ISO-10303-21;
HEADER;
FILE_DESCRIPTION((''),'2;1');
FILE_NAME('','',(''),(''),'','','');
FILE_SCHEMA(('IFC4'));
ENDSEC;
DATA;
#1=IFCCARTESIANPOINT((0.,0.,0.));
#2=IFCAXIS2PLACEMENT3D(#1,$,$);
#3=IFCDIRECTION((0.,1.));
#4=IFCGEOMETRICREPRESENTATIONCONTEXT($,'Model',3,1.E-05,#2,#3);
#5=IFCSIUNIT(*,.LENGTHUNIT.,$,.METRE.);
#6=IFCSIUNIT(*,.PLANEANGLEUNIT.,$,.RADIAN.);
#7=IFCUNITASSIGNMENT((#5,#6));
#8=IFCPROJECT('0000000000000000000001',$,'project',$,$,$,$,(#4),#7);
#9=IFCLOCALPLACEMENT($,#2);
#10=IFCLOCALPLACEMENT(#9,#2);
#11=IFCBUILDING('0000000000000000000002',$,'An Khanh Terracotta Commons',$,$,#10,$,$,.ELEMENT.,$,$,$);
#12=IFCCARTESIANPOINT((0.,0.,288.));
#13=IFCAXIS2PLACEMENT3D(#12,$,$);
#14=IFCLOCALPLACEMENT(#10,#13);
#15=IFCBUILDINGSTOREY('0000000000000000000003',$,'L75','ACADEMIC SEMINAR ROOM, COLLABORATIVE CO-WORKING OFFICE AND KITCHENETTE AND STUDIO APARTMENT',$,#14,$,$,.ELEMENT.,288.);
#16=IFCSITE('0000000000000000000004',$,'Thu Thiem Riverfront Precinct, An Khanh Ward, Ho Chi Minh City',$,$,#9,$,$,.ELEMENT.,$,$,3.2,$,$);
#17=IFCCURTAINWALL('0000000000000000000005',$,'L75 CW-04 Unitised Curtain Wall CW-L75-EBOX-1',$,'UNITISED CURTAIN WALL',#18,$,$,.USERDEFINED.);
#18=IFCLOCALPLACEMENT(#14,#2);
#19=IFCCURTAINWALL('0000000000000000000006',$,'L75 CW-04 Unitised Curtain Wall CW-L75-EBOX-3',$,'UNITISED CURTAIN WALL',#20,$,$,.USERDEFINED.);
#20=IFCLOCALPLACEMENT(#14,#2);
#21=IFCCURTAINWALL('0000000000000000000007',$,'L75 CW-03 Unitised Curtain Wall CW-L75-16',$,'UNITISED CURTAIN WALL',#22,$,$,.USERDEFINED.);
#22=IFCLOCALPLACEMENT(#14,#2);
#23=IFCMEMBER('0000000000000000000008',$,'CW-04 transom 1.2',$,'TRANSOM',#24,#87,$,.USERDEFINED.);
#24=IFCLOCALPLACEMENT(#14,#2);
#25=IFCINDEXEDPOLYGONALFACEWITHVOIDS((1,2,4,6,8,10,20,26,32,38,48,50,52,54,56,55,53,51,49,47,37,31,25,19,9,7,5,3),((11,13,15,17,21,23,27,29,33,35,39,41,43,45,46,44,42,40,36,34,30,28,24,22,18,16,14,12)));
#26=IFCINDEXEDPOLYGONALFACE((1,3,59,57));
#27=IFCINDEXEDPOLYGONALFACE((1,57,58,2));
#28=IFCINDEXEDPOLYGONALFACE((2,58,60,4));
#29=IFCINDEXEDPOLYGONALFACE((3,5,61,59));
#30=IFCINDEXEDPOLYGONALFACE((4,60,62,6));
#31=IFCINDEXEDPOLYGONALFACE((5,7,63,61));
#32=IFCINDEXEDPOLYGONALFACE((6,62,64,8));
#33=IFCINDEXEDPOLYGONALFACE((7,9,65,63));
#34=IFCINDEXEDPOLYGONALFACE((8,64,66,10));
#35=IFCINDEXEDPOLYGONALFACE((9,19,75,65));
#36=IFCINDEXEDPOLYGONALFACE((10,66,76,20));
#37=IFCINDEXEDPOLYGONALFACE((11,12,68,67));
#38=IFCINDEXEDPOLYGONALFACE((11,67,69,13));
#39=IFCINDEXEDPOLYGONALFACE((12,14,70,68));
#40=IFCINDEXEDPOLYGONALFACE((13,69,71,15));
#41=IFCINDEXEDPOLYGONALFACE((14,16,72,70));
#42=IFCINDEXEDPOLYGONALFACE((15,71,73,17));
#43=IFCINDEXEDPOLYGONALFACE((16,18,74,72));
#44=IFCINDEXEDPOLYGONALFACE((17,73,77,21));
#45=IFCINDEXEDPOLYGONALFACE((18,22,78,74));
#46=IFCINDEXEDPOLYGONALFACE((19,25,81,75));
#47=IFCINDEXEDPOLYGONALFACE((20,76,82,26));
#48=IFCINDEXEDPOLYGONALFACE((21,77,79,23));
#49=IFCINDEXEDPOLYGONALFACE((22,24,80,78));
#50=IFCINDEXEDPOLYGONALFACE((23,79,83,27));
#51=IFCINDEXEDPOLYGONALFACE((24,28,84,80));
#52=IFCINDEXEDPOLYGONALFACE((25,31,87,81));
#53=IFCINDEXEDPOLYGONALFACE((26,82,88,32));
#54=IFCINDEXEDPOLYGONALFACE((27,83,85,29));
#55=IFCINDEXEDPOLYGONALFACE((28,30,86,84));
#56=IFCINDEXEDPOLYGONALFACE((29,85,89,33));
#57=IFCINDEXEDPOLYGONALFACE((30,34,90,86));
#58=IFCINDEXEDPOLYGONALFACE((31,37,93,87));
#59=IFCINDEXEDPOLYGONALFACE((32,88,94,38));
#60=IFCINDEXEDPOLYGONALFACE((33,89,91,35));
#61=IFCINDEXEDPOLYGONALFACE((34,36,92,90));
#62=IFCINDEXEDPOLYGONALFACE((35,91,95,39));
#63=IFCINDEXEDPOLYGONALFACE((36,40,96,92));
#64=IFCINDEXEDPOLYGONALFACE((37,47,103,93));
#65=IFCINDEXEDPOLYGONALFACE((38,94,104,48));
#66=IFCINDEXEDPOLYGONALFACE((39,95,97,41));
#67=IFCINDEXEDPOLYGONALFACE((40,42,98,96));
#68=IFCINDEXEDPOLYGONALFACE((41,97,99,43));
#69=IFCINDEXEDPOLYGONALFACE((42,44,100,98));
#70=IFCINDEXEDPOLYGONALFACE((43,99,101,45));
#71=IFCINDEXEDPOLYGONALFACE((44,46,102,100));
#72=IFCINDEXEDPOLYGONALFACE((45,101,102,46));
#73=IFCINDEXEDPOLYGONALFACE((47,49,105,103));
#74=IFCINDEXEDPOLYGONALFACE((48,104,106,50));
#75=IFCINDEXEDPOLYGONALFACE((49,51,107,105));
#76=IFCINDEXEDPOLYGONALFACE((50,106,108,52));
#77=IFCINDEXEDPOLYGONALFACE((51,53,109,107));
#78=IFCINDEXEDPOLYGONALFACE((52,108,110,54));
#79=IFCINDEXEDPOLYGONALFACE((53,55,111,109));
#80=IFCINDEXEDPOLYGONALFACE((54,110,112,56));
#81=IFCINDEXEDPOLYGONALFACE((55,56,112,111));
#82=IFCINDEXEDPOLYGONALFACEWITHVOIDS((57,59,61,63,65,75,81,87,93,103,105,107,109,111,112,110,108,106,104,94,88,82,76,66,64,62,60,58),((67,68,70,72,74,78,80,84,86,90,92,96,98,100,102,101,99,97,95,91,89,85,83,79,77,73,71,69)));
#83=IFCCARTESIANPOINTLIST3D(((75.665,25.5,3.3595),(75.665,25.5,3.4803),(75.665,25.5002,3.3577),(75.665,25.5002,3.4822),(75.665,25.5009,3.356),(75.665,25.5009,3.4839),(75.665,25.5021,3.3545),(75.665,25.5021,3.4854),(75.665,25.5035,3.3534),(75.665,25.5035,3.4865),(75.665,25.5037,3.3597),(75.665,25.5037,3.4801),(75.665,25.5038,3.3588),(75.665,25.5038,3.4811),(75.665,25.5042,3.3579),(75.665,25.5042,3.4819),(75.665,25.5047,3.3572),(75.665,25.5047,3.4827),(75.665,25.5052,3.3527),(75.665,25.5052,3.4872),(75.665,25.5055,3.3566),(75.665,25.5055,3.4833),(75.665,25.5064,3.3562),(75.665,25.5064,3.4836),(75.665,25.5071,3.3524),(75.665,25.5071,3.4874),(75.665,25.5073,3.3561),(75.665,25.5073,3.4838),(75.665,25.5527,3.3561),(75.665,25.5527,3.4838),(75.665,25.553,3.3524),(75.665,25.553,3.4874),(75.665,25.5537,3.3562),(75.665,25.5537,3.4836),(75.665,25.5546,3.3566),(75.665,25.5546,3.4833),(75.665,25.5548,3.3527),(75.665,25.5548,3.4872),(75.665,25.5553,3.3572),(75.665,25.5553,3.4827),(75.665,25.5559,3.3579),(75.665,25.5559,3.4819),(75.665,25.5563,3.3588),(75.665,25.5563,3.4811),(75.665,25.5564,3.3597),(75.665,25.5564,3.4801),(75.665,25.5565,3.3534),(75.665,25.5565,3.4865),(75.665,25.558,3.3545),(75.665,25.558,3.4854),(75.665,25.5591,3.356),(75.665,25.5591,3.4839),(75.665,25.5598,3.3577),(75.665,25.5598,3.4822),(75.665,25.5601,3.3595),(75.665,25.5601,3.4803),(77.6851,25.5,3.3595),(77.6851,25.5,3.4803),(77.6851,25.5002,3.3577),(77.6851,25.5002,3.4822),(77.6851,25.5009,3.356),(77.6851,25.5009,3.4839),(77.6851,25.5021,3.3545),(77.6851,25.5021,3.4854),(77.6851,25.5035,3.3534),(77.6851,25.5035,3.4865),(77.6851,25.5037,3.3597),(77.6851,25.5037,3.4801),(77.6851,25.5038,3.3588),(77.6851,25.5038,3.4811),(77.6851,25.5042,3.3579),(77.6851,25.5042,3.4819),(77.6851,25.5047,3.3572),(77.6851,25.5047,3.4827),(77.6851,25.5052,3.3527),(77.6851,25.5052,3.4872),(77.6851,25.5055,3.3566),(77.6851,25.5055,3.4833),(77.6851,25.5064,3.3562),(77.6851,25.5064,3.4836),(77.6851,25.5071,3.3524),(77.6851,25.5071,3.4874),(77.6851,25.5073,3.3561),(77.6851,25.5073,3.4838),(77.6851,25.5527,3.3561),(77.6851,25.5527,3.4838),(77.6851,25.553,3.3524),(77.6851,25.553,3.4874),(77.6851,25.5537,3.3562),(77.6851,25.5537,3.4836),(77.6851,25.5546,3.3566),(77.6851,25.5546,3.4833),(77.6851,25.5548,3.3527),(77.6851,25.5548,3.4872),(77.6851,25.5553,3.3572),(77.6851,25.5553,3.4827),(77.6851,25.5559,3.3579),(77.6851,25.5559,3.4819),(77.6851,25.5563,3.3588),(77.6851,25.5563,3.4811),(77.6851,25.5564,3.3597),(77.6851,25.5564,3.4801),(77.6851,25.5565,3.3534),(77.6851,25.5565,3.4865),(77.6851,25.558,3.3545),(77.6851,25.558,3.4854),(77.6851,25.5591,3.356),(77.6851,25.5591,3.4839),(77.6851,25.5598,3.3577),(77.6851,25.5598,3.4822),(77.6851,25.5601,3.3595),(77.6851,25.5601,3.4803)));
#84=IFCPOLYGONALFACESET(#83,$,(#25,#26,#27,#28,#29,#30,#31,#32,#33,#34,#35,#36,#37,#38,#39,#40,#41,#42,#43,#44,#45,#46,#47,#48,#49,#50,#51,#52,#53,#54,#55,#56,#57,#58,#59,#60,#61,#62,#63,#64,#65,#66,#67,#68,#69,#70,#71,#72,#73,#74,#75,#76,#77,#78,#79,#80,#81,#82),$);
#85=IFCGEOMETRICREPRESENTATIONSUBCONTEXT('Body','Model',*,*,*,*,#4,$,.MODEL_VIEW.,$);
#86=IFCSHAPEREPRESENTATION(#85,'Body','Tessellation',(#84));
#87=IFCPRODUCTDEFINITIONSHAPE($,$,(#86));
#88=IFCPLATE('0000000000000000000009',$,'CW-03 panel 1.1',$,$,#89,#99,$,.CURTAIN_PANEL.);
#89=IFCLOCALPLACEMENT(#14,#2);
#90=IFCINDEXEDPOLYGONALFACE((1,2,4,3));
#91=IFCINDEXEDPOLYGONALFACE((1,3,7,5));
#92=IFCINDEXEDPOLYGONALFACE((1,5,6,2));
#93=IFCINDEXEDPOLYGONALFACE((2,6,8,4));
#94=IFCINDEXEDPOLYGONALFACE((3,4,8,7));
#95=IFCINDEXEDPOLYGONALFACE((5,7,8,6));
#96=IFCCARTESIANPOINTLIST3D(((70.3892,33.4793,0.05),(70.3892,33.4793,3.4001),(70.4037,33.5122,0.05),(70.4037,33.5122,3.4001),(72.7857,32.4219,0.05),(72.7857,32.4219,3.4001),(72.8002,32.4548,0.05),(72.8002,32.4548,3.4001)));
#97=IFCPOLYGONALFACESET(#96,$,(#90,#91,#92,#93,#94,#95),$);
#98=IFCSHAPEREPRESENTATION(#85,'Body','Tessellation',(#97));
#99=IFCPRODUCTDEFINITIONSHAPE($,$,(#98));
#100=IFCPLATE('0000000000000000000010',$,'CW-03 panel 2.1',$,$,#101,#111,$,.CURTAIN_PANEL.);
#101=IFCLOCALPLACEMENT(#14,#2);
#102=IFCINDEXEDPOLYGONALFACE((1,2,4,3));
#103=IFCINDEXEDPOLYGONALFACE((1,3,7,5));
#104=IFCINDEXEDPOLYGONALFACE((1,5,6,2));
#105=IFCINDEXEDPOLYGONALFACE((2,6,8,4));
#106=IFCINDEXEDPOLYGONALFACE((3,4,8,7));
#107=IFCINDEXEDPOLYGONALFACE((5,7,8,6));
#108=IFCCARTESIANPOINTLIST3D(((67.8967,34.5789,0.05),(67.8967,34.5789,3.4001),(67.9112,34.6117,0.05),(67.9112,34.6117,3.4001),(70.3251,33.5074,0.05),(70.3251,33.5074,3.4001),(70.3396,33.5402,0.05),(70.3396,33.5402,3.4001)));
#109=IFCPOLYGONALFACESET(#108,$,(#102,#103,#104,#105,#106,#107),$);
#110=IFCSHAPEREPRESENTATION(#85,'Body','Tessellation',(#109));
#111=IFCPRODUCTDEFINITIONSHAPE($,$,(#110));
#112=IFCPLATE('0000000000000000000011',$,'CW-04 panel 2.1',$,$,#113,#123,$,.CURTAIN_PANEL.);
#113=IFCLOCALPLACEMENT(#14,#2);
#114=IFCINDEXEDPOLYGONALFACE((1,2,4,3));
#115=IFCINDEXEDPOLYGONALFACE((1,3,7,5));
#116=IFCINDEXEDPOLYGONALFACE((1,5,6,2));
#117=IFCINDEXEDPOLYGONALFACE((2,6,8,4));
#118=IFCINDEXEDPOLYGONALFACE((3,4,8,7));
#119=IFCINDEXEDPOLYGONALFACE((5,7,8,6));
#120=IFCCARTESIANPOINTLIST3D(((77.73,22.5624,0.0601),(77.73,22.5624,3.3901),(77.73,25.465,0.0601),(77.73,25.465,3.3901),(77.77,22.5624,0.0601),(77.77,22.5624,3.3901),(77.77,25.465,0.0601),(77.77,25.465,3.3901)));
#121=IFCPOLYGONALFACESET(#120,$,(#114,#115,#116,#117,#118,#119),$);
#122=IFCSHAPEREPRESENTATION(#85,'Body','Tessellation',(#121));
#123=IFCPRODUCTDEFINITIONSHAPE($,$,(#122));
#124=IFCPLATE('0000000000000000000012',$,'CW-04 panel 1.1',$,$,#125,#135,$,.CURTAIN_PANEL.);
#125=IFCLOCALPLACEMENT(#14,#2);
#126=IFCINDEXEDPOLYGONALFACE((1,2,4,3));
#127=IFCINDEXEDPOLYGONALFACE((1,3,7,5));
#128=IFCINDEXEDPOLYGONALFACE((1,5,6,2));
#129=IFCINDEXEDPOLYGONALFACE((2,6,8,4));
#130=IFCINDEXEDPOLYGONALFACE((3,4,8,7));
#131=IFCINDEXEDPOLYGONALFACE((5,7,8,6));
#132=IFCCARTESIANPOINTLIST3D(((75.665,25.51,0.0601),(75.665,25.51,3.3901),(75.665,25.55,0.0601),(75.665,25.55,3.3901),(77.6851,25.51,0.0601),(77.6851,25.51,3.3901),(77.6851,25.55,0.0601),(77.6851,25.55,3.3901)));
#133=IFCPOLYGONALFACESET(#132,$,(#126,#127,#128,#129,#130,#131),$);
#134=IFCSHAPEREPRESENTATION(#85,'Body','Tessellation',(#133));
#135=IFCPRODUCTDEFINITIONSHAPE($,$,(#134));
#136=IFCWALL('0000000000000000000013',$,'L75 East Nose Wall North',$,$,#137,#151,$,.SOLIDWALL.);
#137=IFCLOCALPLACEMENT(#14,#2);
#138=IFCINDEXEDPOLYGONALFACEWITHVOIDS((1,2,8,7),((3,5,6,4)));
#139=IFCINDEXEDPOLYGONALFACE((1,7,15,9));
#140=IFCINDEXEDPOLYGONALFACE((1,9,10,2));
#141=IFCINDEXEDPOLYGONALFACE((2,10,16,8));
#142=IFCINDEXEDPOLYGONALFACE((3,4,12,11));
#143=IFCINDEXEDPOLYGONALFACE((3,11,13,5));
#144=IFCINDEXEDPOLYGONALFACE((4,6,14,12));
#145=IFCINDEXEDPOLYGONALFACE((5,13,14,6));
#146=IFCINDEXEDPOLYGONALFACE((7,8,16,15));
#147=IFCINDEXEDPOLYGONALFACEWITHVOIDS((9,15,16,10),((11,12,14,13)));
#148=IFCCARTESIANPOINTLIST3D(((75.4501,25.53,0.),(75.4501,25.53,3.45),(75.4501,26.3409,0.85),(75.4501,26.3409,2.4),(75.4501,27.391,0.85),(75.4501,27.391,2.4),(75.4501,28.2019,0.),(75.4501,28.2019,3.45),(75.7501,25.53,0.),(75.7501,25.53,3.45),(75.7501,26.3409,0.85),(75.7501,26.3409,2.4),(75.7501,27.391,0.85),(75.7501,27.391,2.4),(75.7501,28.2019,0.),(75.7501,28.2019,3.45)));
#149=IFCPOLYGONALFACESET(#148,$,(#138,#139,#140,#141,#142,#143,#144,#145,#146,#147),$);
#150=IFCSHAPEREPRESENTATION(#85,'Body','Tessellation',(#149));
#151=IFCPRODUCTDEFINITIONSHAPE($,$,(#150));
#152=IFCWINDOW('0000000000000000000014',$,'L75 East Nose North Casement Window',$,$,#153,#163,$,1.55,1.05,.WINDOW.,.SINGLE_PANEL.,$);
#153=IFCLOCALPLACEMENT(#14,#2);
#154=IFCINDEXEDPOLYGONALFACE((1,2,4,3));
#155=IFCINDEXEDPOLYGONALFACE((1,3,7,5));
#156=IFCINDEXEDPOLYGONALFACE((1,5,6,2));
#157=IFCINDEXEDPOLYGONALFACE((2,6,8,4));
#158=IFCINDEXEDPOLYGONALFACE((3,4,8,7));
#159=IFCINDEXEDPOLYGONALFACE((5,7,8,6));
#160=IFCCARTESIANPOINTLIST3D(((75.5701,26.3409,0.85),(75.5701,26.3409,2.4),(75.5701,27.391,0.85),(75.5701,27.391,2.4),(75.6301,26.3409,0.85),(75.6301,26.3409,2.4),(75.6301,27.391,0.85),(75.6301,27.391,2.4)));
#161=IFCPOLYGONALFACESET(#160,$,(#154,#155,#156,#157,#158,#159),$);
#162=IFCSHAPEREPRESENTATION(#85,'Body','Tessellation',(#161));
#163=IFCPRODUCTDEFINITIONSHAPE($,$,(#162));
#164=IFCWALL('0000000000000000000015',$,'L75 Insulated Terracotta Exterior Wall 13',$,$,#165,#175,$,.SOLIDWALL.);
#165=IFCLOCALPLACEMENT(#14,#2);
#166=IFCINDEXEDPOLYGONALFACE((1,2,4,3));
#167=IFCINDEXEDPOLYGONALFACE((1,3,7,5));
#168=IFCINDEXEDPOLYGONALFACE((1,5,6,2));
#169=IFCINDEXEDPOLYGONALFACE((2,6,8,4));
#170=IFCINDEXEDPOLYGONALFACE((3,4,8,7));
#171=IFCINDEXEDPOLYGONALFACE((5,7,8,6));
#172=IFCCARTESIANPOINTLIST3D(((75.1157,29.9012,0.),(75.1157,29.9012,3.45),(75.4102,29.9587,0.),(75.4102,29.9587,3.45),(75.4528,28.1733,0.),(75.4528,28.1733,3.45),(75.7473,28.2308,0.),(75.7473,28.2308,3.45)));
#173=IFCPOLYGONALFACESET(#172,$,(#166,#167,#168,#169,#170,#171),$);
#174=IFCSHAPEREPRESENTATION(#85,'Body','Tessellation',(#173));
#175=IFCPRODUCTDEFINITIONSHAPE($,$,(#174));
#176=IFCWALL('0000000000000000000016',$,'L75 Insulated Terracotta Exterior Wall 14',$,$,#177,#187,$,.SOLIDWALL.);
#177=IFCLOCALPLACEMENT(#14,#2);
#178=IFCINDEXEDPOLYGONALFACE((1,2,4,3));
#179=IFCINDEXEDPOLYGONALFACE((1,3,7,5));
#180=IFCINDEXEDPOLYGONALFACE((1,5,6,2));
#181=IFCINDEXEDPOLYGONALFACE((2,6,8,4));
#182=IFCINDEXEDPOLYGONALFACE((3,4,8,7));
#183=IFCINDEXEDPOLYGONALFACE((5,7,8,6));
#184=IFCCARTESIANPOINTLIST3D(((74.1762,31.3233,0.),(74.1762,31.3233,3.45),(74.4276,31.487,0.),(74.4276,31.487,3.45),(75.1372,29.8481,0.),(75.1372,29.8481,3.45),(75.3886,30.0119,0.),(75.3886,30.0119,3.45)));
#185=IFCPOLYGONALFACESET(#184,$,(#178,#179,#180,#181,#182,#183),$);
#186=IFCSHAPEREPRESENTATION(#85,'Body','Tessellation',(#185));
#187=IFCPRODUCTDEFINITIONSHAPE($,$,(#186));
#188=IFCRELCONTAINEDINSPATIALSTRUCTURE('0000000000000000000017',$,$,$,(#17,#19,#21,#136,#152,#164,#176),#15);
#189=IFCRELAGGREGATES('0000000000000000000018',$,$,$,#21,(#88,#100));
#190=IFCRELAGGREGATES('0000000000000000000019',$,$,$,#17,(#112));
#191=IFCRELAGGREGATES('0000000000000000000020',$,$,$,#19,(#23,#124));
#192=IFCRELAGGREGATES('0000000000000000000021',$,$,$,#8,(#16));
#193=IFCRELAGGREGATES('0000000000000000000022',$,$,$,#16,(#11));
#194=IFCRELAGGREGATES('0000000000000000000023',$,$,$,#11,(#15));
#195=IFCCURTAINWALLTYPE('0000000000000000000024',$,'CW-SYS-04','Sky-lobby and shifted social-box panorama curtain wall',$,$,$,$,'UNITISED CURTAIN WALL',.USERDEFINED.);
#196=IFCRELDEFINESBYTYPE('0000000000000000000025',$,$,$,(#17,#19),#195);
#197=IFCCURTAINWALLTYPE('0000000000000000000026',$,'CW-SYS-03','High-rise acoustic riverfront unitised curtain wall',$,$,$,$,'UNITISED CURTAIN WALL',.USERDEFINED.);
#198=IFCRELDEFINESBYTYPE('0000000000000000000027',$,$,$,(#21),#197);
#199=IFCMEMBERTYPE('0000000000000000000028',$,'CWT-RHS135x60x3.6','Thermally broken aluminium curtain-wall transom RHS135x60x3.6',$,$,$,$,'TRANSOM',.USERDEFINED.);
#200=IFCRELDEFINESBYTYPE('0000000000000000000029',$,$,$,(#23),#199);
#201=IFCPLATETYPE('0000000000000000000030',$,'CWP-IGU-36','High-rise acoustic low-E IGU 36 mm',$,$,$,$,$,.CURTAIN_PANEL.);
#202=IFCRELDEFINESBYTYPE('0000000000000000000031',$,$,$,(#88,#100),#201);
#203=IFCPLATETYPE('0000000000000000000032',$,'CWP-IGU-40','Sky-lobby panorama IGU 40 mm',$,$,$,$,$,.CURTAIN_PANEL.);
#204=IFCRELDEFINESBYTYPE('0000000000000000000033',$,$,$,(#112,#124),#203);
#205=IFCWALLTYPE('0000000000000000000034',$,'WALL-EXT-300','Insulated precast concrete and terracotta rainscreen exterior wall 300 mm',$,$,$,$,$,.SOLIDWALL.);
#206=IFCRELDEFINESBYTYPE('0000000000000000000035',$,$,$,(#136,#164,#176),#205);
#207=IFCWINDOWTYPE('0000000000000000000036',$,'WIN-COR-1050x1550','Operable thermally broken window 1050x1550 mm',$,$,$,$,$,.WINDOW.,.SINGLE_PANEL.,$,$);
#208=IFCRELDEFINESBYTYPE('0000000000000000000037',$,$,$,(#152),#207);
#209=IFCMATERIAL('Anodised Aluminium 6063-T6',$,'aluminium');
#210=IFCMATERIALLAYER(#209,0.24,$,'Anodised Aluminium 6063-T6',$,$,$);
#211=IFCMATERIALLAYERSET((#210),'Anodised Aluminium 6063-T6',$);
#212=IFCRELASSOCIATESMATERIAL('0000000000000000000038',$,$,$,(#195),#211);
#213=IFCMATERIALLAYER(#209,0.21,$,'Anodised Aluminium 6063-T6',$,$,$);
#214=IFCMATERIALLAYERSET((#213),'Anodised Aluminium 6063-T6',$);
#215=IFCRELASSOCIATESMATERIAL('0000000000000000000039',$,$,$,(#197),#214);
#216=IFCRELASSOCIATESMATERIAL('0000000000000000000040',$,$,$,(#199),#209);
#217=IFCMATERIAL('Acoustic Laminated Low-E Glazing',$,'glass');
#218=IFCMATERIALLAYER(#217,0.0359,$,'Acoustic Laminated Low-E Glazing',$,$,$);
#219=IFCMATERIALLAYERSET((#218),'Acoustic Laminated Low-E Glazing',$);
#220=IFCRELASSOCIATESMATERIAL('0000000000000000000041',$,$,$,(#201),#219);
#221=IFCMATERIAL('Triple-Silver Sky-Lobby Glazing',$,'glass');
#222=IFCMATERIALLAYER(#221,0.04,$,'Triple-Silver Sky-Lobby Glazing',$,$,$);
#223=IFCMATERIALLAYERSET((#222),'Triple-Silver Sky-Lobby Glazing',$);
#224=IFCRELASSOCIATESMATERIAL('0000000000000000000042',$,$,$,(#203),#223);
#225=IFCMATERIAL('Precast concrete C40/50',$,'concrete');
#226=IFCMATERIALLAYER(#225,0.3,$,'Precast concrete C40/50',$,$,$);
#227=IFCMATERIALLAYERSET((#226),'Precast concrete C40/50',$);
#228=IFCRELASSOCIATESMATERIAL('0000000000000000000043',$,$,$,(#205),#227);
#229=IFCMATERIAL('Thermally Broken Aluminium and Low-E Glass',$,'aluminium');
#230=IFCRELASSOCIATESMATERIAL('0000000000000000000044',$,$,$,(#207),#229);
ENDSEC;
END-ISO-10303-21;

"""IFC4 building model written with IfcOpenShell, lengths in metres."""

from ifc_helpers import new_model, si_unit, direction, frame, frame_2d, origin, origin_2d, place, context, subcontext, project, spatial, rectangle, hollow_rectangle, extrude, material, layer, layer_set, material_profile, profile_set, type_object, element, fill, aggregate, save


model = new_model("IFC4")

# Units and contexts
model_context = context("Model", 3, precision=1e-05, world=origin(), true_north=direction((0.0, 1.0)))
body_context = subcontext(model_context, "Body", "Model", "MODEL_VIEW")
ifc_project = project(units=[si_unit("LENGTHUNIT", "METRE"), si_unit("PLANEANGLEUNIT", "RADIAN")], contexts=[model_context])

# Site, building, storey
site_placement = place(None, origin())
site = spatial("IfcSite", under=ifc_project, at=site_placement, Name="Thu Thiem Riverfront Precinct, An Khanh Ward, Ho Chi Minh City", CompositionType="ELEMENT", RefElevation=3.2)
building_placement = place(site_placement, origin())
building = spatial("IfcBuilding", under=site, at=building_placement, Name="An Khanh Terracotta Commons", CompositionType="ELEMENT")
storey_placement = place(building_placement, frame((0.0, 0.0, 288.0)))
storey = spatial("IfcBuildingStorey", under=building, at=storey_placement, Name="L75", Description="ACADEMIC SEMINAR ROOM, COLLABORATIVE CO-WORKING OFFICE AND KITCHENETTE AND STUDIO APARTMENT", CompositionType="ELEMENT", Elevation=288.0)

# Curtain wall
ifc_material_1 = material(Name="Anodised Aluminium 6063-T6", Category="aluminium")
ifc_layer_1 = layer(ifc_material_1, 0.24, Name="Anodised Aluminium 6063-T6")
ifc_layer_set_1 = layer_set([ifc_layer_1], Name="Anodised Aluminium 6063-T6")
curtain_wall_type_1 = type_object("IfcCurtainWallType", Name="CW-SYS-04", Description="Sky-lobby and shifted social-box panorama curtain wall", ElementType="UNITISED CURTAIN WALL", PredefinedType="USERDEFINED", material=ifc_layer_set_1)
curtain_wall_1_placement = place(storey_placement, origin())
curtain_wall_1 = element("IfcCurtainWall", 1, at=curtain_wall_1_placement, inside=storey, type_object=curtain_wall_type_1, Name="L75 CW-04 Unitised Curtain Wall CW-L75-EBOX-1", ObjectType="UNITISED CURTAIN WALL", PredefinedType="USERDEFINED")

# Curtain walls
curtain_wall_2_placement = place(storey_placement, origin())
curtain_wall_2 = element("IfcCurtainWall", 2, at=curtain_wall_2_placement, inside=storey, type_object=curtain_wall_type_1, Name="L75 CW-04 Unitised Curtain Wall CW-L75-EBOX-3", ObjectType="UNITISED CURTAIN WALL", PredefinedType="USERDEFINED")
ifc_layer_2 = layer(ifc_material_1, 0.21, Name="Anodised Aluminium 6063-T6")
ifc_layer_set_2 = layer_set([ifc_layer_2], Name="Anodised Aluminium 6063-T6")
curtain_wall_type_2 = type_object("IfcCurtainWallType", Name="CW-SYS-03", Description="High-rise acoustic riverfront unitised curtain wall", ElementType="UNITISED CURTAIN WALL", PredefinedType="USERDEFINED", material=ifc_layer_set_2)
curtain_wall_3_placement = place(storey_placement, origin())
curtain_wall_3 = element("IfcCurtainWall", 3, at=curtain_wall_3_placement, inside=storey, type_object=curtain_wall_type_2, Name="L75 CW-03 Unitised Curtain Wall CW-L75-16", ObjectType="UNITISED CURTAIN WALL", PredefinedType="USERDEFINED")

# Member
ifc_material_profile_1 = material_profile(ifc_material_1, hollow_rectangle(XDim=0.0601, YDim=0.135, WallThickness=0.0037, InnerFilletRadius=0.0037, OuterFilletRadius=0.0071, at=origin_2d()), Name="RHS135x60x3.6")
ifc_profile_set_1 = profile_set([ifc_material_profile_1], Name="Anodised Aluminium 6063-T6")
member_type_1 = type_object("IfcMemberType", Name="CWT-RHS135x60x3.6", Description="Thermally broken aluminium curtain-wall transom RHS135x60x3.6", ElementType="TRANSOM", PredefinedType="USERDEFINED", material=ifc_profile_set_1)
member_1_placement = place(storey_placement, frame((77.6851, 25.53, 3.4199), z_axis=(-1.0, 0.0, 0.0), x_axis=(0.0, -1.0, 0.0)))
member_1 = element("IfcMember", 4, at=member_1_placement, type_object=member_type_1, Name="CW-04 transom 1.2", ObjectType="TRANSOM", PredefinedType="USERDEFINED", context=body_context, shape_type="SweptSolid", body=[
    extrude(hollow_rectangle(XDim=0.0601, YDim=0.135, WallThickness=0.0037, InnerFilletRadius=0.0037, OuterFilletRadius=0.0071, at=origin_2d()), origin(), (0.0, 0.0, 1.0), 2.02),
])

# Plates
ifc_material_2 = material(Name="Acoustic Laminated Low-E Glazing", Category="glass")
ifc_layer_3 = layer(ifc_material_2, 0.0359, Name="Acoustic Laminated Low-E Glazing")
ifc_layer_set_3 = layer_set([ifc_layer_3], Name="Acoustic Laminated Low-E Glazing")
plate_type_1 = type_object("IfcPlateType", Name="CWP-IGU-36", Description="High-rise acoustic low-E IGU 36 mm", PredefinedType="CURTAIN_PANEL", material=ifc_layer_set_3)
plate_1_placement = place(storey_placement, frame((71.5947, 32.967, 0.05), z_axis=(0.0, 0.0, 1.0), x_axis=(-0.914902, 0.403676, 0.0)))
plate_1 = element("IfcPlate", 5, at=plate_1_placement, type_object=plate_type_1, Name="CW-03 panel 1.1", PredefinedType="CURTAIN_PANEL", context=body_context, shape_type="SweptSolid", body=[
    extrude(rectangle(XDim=2.6194, YDim=0.0359, at=origin_2d()), origin(), (0.0, 0.0, 1.0), 3.3501),
])
plate_2_placement = place(storey_placement, frame((69.1182, 34.0596, 0.05), z_axis=(0.0, 0.0, 1.0), x_axis=(-0.914902, 0.403676, 0.0)))
plate_2 = element("IfcPlate", 6, at=plate_2_placement, type_object=plate_type_1, Name="CW-03 panel 2.1", PredefinedType="CURTAIN_PANEL", context=body_context, shape_type="SweptSolid", body=[
    extrude(rectangle(XDim=2.6543, YDim=0.0359, at=origin_2d()), origin(), (0.0, 0.0, 1.0), 3.3501),
])
aggregate(curtain_wall_3, [plate_1, plate_2])
ifc_material_3 = material(Name="Triple-Silver Sky-Lobby Glazing", Category="glass")
ifc_layer_4 = layer(ifc_material_3, 0.04, Name="Triple-Silver Sky-Lobby Glazing")
ifc_layer_set_4 = layer_set([ifc_layer_4], Name="Triple-Silver Sky-Lobby Glazing")
plate_type_2 = type_object("IfcPlateType", Name="CWP-IGU-40", Description="Sky-lobby panorama IGU 40 mm", PredefinedType="CURTAIN_PANEL", material=ifc_layer_set_4)
plate_3_placement = place(storey_placement, frame((77.75, 24.0137, 0.0601), z_axis=(0.0, 0.0, 1.0), x_axis=(0.0, 1.0, 0.0)))
plate_3 = element("IfcPlate", 7, at=plate_3_placement, type_object=plate_type_2, Name="CW-04 panel 2.1", PredefinedType="CURTAIN_PANEL", context=body_context, shape_type="SweptSolid", body=[
    extrude(rectangle(XDim=2.9026, YDim=0.04, at=origin_2d()), origin(), (0.0, 0.0, 1.0), 3.3301),
])
aggregate(curtain_wall_1, [plate_3])
plate_4_placement = place(storey_placement, frame((76.675, 25.53, 0.0601), z_axis=(0.0, 0.0, 1.0), x_axis=(-1.0, 0.0, 0.0)))
plate_4 = element("IfcPlate", 8, at=plate_4_placement, type_object=plate_type_2, Name="CW-04 panel 1.1", PredefinedType="CURTAIN_PANEL", context=body_context, shape_type="SweptSolid", body=[
    extrude(rectangle(XDim=2.02, YDim=0.04, at=origin_2d()), origin(), (0.0, 0.0, 1.0), 3.3301),
])
aggregate(curtain_wall_2, [member_1, plate_4])

# Wall, opening, window
ifc_material_4 = material(Name="Precast concrete C40/50", Category="concrete")
ifc_layer_5 = layer(ifc_material_4, 0.3, Name="Precast concrete C40/50")
ifc_layer_set_5 = layer_set([ifc_layer_5], Name="Precast concrete C40/50")
wall_type_1 = type_object("IfcWallType", Name="WALL-EXT-300", Description="Insulated precast concrete and terracotta rainscreen exterior wall 300 mm", PredefinedType="SOLIDWALL", material=ifc_layer_set_5)
wall_1_placement = place(storey_placement, frame((75.6001, 25.53, 0.0), z_axis=(0.0, 0.0, 1.0), x_axis=(0.0, 1.0, 0.0)))
wall_1 = element("IfcWall", 9, at=wall_1_placement, inside=storey, type_object=wall_type_1, Name="L75 East Nose Wall North", PredefinedType="SOLIDWALL", context=body_context, shape_type="SweptSolid", body=[
    extrude(rectangle(XDim=2.6719, YDim=0.3, at=frame_2d((1.3359, 0.0))), origin(), (0.0, 0.0, 1.0), 3.45),
])
opening_placement = place(wall_1_placement, frame((0.811, 0.0, 0.8501)))
opening = element("IfcOpeningElement", 10, at=opening_placement, cuts=wall_1, PredefinedType="OPENING", context=body_context, shape_type="SweptSolid", body=[
    extrude(rectangle(XDim=1.05, YDim=1.55, at=frame_2d((0.5249, 0.7749))), frame((0.0, 0.1599, 0.0), z_axis=(0.0, -1.0, 0.0), x_axis=(1.0, 0.0, 0.0)), (0.0, 0.0, 1.0), 0.3201),
])
ifc_material_5 = material(Name="Thermally Broken Aluminium and Low-E Glass", Category="aluminium")
window_type = type_object("IfcWindowType", Name="WIN-COR-1050x1550", Description="Operable thermally broken window 1050x1550 mm", PartitioningType="SINGLE_PANEL", PredefinedType="WINDOW", material=ifc_material_5)
window_placement = place(opening_placement, origin())
window = element("IfcWindow", 11, at=window_placement, inside=storey, type_object=window_type, Name="L75 East Nose North Casement Window", OverallHeight=1.55, OverallWidth=1.05, PartitioningType="SINGLE_PANEL", PredefinedType="WINDOW", context=body_context, shape_type="SweptSolid", body=[
    extrude(rectangle(XDim=1.05, YDim=1.55, at=frame_2d((0.5249, 0.7749))), frame((0.0, 0.03, 0.0), z_axis=(0.0, -1.0, 0.0), x_axis=(1.0, 0.0, 0.0)), (0.0, 0.0, 1.0), 0.0601),
])
fill(opening, window)

# Walls
for number, where, z_axis, x_axis, name in (
    (12, (75.6001, 28.2019, 0.0), (0.0, 0.0, 1.0), (-0.191501, 0.981492, 0.0), "L75 Insulated Terracotta Exterior Wall 13"),
    (13, (75.2629, 29.9299, 0.0), (0.0, 0.0, 1.0), (-0.545836, 0.837892, 0.0), "L75 Insulated Terracotta Exterior Wall 14"),
):
    element("IfcWall", number, at=place(storey_placement, frame(where, z_axis=z_axis, x_axis=x_axis)), inside=storey, type_object=wall_type_1, Name=name, PredefinedType="SOLIDWALL", context=body_context, shape_type="SweptSolid", body=[
        extrude(rectangle(XDim=1.7605, YDim=0.3, at=frame_2d((0.8804, 0.0))), origin(), (0.0, 0.0, 1.0), 3.45),
    ])

save(model, "model.ifc")
